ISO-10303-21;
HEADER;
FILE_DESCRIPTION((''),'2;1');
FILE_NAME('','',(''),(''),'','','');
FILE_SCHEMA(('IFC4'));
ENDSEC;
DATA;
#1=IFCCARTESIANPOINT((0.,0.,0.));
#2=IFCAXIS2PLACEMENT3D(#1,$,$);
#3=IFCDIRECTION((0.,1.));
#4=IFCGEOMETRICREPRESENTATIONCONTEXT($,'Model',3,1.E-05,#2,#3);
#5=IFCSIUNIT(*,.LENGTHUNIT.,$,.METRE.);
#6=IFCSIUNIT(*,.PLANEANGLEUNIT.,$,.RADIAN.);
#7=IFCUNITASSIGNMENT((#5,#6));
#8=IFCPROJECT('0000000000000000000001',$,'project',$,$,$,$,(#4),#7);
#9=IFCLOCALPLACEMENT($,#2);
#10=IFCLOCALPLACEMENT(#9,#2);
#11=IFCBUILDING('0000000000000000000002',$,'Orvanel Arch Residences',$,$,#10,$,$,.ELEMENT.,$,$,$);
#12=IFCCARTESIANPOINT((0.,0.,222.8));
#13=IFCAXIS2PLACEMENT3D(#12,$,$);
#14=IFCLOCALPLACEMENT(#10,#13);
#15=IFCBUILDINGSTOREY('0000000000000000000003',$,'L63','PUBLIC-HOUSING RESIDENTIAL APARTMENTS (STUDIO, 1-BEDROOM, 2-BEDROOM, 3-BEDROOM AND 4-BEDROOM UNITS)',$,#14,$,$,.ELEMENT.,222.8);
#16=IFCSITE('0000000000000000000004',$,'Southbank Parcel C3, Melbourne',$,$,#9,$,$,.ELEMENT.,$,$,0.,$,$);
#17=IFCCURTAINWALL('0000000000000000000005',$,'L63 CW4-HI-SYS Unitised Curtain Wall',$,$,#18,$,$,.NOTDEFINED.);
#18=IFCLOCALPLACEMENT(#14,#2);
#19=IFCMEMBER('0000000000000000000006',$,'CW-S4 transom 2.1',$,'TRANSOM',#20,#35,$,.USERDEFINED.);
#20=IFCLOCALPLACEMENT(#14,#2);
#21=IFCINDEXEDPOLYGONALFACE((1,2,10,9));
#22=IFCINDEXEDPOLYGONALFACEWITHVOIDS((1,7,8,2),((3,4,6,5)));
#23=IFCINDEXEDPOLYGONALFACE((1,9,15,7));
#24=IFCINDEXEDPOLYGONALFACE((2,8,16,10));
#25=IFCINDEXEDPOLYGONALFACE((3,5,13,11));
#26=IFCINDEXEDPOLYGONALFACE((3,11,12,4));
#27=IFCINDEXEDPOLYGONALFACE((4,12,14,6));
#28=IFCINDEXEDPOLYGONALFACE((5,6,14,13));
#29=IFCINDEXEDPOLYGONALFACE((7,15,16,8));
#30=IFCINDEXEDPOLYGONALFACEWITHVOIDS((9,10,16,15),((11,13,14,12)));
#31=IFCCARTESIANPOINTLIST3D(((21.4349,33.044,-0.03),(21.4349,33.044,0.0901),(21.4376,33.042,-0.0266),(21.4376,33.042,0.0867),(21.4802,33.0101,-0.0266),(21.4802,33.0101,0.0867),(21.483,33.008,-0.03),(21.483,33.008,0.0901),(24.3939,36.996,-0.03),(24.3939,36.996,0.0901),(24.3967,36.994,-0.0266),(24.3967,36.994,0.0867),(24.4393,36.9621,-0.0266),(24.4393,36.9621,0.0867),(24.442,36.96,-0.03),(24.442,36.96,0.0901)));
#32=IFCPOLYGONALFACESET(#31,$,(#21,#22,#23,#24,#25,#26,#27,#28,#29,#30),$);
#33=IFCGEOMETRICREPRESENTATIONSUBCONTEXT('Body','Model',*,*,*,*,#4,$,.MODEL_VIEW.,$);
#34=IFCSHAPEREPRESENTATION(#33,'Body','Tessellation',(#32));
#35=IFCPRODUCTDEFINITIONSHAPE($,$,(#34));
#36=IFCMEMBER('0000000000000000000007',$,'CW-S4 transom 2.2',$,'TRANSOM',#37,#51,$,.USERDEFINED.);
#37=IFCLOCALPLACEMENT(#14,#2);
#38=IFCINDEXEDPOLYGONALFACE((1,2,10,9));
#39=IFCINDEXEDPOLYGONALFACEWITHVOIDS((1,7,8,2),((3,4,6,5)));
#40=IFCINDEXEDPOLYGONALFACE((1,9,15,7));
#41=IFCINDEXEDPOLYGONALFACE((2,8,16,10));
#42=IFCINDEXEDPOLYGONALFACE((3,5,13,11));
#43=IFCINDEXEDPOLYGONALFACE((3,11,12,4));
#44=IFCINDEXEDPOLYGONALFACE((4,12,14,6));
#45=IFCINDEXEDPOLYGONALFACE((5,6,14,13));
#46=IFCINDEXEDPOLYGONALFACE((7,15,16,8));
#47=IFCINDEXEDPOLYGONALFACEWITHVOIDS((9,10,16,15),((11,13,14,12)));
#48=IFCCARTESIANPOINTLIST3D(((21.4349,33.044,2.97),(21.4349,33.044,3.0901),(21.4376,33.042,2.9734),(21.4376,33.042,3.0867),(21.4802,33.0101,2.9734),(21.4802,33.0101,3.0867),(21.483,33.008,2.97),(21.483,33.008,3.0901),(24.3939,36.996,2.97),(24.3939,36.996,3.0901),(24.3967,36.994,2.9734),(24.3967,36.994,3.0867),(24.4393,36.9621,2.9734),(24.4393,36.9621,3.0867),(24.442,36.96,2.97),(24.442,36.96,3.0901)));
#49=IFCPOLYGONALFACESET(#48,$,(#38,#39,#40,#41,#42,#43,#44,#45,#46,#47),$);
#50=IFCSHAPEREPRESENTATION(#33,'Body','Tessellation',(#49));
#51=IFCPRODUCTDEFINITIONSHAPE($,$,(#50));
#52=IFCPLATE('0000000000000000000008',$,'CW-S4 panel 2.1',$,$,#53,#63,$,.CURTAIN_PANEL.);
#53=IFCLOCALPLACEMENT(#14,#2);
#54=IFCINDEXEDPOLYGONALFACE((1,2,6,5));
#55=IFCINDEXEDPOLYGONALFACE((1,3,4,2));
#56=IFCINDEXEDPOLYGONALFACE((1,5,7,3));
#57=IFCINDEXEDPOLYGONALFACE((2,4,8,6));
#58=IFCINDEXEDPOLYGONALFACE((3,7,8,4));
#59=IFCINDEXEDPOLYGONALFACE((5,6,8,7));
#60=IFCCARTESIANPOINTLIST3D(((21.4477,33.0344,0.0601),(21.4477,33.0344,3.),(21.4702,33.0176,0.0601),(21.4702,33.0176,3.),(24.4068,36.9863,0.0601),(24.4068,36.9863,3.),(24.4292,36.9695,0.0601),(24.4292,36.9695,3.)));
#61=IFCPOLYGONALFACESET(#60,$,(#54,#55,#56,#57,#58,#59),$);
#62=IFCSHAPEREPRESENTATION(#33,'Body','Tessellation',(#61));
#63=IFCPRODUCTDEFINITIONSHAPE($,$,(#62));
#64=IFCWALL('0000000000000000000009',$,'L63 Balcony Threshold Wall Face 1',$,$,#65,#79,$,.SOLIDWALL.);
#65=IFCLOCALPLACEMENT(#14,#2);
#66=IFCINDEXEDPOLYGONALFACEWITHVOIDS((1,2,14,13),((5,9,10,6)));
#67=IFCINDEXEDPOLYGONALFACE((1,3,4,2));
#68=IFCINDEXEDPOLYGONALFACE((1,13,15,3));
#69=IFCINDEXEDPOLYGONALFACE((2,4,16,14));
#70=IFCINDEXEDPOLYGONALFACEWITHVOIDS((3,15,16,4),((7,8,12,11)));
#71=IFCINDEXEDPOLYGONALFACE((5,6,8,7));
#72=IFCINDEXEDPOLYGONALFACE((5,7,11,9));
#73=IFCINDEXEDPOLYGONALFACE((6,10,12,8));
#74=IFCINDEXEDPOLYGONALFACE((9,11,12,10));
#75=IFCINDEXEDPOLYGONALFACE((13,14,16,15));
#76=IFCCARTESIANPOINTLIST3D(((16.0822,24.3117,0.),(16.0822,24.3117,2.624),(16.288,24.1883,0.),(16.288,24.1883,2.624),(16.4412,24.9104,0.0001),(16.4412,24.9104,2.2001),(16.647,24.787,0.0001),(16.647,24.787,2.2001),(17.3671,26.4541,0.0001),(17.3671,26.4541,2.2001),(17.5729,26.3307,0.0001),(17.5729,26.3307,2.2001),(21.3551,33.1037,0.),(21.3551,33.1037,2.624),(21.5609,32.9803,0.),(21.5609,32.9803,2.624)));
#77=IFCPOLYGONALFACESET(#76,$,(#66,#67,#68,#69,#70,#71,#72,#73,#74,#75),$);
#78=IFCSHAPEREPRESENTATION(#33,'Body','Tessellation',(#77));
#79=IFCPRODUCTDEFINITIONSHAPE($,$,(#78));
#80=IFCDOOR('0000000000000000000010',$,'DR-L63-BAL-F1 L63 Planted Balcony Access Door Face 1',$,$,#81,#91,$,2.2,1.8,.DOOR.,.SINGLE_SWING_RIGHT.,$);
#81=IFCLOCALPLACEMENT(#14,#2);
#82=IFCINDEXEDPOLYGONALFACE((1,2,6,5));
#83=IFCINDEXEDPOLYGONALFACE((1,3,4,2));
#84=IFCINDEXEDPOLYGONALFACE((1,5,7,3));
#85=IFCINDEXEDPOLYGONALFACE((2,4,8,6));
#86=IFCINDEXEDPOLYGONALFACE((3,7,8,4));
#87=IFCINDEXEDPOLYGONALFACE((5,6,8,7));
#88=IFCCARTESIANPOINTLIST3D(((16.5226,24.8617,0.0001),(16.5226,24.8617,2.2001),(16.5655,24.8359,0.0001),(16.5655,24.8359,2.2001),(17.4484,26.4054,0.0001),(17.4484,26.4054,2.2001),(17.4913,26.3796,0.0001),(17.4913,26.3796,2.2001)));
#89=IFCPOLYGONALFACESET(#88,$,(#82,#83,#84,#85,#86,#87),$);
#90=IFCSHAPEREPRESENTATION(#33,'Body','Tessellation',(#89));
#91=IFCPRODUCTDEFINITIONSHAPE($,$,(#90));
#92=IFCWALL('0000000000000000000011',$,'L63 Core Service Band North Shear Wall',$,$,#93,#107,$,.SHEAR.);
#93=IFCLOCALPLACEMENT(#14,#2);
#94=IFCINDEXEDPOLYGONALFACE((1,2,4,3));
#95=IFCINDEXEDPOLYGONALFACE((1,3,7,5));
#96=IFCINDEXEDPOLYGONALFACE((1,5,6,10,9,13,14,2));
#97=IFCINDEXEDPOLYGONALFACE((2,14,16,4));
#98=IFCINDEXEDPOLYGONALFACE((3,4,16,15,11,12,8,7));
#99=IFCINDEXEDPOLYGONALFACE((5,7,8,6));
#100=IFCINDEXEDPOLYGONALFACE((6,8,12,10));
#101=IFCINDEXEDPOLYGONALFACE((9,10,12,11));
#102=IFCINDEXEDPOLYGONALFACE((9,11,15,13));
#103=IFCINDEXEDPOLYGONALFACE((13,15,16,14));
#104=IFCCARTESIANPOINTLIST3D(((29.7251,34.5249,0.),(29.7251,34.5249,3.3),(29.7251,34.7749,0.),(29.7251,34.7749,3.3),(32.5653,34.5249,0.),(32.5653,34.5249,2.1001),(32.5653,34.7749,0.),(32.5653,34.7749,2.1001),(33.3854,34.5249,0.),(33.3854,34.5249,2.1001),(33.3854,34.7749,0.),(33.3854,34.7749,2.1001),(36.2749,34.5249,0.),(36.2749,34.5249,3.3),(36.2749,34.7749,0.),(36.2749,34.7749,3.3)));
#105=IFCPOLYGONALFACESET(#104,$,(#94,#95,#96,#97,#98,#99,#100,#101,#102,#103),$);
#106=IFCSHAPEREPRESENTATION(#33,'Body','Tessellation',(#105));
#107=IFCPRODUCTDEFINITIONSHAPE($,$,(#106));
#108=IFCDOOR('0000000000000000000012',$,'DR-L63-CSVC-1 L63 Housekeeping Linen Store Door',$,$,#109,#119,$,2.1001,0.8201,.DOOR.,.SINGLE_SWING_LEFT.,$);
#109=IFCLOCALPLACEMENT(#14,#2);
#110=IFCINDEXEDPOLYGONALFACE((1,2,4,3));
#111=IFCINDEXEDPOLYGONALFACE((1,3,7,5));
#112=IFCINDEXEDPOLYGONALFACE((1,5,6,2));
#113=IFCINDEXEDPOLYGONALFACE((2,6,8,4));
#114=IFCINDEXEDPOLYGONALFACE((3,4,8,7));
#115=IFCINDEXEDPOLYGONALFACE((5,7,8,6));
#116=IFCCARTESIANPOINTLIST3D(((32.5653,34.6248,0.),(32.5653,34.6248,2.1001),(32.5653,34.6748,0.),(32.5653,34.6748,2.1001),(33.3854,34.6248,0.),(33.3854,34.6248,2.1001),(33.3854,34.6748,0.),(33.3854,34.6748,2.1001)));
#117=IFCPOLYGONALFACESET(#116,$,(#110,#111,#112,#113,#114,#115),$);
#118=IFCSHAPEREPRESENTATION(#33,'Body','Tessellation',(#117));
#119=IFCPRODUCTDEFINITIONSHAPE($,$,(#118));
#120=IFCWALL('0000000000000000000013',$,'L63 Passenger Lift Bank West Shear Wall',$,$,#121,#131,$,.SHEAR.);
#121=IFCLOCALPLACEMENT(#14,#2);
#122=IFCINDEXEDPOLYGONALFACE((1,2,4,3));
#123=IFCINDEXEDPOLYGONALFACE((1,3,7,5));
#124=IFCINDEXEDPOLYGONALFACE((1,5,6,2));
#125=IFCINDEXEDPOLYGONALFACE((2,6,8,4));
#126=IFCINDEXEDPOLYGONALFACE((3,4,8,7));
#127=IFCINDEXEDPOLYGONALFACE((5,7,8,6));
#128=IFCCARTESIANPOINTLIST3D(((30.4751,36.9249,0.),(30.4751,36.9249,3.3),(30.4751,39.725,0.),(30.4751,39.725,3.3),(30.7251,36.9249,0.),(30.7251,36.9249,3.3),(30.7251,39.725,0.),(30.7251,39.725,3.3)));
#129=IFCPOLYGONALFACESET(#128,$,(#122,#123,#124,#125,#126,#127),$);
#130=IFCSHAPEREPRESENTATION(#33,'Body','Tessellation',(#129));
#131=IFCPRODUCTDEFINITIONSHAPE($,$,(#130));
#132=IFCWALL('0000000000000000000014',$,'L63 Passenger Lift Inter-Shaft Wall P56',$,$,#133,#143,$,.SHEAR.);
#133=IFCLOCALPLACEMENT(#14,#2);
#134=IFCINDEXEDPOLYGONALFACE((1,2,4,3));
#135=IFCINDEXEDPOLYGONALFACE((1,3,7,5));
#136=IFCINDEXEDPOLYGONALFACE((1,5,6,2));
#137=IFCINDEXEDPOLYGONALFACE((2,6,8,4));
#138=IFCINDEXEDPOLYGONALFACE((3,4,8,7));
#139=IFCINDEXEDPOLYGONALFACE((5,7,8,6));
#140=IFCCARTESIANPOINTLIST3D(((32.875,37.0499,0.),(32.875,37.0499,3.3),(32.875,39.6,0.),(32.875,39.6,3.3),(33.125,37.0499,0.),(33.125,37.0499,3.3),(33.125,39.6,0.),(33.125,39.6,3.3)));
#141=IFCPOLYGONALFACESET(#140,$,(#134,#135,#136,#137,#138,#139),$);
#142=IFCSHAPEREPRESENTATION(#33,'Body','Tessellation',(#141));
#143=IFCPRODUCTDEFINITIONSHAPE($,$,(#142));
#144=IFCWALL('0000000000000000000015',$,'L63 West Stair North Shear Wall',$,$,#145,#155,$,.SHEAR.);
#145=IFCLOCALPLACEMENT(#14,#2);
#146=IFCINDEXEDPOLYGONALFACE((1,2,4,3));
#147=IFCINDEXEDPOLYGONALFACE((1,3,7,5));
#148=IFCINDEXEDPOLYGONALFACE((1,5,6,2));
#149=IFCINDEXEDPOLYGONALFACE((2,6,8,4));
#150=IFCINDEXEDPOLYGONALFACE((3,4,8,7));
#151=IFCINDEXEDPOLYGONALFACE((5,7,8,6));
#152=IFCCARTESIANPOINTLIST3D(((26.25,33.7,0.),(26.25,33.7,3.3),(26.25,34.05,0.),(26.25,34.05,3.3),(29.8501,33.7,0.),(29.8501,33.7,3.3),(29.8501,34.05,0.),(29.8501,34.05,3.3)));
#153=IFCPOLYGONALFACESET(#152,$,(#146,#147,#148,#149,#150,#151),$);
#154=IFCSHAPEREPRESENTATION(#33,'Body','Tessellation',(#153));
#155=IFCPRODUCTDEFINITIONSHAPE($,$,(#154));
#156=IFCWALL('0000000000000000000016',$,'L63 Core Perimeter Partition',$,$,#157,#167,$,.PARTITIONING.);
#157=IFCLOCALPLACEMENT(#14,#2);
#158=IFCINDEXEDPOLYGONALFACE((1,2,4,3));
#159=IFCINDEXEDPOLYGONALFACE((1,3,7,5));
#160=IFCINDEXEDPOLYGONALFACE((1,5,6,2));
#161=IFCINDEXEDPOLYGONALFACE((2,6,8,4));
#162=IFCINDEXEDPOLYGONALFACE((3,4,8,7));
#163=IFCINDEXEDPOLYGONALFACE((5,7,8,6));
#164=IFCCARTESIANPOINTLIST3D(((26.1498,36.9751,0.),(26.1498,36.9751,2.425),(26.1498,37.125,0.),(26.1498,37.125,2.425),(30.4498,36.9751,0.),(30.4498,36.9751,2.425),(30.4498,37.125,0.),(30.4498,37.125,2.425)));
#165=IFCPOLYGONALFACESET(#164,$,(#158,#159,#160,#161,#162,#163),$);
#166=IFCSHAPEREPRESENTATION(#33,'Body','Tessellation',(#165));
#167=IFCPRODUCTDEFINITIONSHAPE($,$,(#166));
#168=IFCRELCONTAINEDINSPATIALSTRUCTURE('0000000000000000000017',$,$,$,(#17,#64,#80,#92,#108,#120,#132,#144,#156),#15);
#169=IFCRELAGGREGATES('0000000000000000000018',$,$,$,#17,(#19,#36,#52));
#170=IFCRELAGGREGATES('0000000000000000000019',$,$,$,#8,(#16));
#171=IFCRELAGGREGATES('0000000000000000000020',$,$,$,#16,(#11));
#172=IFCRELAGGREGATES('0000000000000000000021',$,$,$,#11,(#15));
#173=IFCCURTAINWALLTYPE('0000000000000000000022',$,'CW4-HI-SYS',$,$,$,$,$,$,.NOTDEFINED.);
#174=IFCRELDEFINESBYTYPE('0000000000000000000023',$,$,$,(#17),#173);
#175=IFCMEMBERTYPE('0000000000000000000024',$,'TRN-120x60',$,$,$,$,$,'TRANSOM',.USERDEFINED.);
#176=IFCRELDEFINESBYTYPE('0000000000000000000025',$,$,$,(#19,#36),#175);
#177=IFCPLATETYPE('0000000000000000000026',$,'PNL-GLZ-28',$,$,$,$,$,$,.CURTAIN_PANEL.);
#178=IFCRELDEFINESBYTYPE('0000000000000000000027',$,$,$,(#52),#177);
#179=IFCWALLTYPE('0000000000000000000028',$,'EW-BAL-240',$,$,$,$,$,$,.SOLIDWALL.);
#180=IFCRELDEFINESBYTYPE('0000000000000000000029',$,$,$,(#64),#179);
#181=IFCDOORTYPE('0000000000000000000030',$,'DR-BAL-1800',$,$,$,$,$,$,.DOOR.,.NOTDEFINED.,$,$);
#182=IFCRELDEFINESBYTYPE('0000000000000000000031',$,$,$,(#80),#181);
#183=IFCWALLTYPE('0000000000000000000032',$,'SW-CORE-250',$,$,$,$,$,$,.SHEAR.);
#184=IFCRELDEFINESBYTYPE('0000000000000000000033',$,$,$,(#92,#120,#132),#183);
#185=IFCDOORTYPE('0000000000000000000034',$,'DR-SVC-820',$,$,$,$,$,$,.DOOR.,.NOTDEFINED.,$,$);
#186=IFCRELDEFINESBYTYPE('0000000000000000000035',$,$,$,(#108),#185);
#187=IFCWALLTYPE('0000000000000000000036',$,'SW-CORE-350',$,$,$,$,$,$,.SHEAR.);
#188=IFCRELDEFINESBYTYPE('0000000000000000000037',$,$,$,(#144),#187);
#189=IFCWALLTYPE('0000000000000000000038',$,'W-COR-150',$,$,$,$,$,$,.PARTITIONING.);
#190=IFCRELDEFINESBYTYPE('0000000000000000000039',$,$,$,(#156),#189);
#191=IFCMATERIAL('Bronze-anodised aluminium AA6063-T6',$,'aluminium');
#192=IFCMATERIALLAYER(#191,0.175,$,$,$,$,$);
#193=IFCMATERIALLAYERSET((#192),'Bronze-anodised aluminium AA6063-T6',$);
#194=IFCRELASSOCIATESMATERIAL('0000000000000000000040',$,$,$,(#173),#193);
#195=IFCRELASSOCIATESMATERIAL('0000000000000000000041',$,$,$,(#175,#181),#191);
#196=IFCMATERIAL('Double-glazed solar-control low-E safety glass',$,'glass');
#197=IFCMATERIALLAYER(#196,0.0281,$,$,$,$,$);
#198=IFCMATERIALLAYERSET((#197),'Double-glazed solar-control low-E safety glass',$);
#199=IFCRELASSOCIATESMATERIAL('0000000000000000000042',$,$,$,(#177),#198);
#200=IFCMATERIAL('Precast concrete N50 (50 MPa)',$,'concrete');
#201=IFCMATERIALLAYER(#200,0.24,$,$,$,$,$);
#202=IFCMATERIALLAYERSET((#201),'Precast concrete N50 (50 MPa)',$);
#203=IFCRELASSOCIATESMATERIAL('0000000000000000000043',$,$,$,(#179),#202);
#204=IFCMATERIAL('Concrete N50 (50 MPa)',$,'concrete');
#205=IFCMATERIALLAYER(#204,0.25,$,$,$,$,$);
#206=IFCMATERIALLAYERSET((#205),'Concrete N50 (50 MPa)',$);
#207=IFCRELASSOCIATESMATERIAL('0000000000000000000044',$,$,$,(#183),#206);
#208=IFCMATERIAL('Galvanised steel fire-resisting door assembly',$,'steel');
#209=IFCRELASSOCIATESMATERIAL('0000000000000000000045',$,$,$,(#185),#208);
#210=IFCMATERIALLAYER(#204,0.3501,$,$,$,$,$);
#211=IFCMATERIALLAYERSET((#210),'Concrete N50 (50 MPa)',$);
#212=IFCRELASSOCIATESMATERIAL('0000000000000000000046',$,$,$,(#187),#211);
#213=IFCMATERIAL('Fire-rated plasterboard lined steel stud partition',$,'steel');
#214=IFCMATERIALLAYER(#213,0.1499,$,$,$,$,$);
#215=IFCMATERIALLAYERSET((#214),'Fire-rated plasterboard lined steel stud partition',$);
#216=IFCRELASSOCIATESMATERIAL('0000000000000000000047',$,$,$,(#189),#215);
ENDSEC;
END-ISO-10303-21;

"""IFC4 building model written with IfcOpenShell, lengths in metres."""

from ifc_helpers import new_model, si_unit, direction, frame, frame_2d, origin, origin_2d, place, context, subcontext, project, spatial, rectangle, hollow_rectangle, extrude, material, layer, layer_set, material_profile, profile_set, type_object, element, fill, aggregate, save


model = new_model("IFC4")

# Units and contexts
model_context = context("Model", 3, precision=1e-05, world=origin(), true_north=direction((0.0, 1.0)))
body_context = subcontext(model_context, "Body", "Model", "MODEL_VIEW")
ifc_project = project(units=[si_unit("LENGTHUNIT", "METRE"), si_unit("PLANEANGLEUNIT", "RADIAN")], contexts=[model_context])

# Site, building, storey
site_placement = place(None, origin())
site = spatial("IfcSite", under=ifc_project, at=site_placement, Name="Southbank Parcel C3, Melbourne", CompositionType="ELEMENT", RefElevation=0.0)
building_placement = place(site_placement, origin())
building = spatial("IfcBuilding", under=site, at=building_placement, Name="Orvanel Arch Residences", CompositionType="ELEMENT")
storey_placement = place(building_placement, frame((0.0, 0.0, 222.8)))
storey = spatial("IfcBuildingStorey", under=building, at=storey_placement, Name="L63", Description="PUBLIC-HOUSING RESIDENTIAL APARTMENTS (STUDIO, 1-BEDROOM, 2-BEDROOM, 3-BEDROOM AND 4-BEDROOM UNITS)", CompositionType="ELEMENT", Elevation=222.8)

# Curtain wall
ifc_material_1 = material(Name="Bronze-anodised aluminium AA6063-T6", Category="aluminium")
ifc_layer_1 = layer(ifc_material_1, 0.175)
ifc_layer_set_1 = layer_set([ifc_layer_1], Name="Bronze-anodised aluminium AA6063-T6")
curtain_wall_type = type_object("IfcCurtainWallType", Name="CW4-HI-SYS", PredefinedType="NOTDEFINED", material=ifc_layer_set_1)
curtain_wall_placement = place(storey_placement, origin())
curtain_wall = element("IfcCurtainWall", 1, at=curtain_wall_placement, inside=storey, type_object=curtain_wall_type, Name="L63 CW4-HI-SYS Unitised Curtain Wall", PredefinedType="NOTDEFINED")

# Members
ifc_material_profile_1 = material_profile(ifc_material_1, hollow_rectangle(XDim=0.0601, YDim=0.1201, WallThickness=0.0034, at=origin_2d()), Name="ALU120x60x3.5")
ifc_profile_set_1 = profile_set([ifc_material_profile_1], Name="Bronze-anodised aluminium AA6063-T6")
member_type_1 = type_object("IfcMemberType", Name="TRN-120x60", ElementType="TRANSOM", PredefinedType="USERDEFINED", material=ifc_profile_set_1)
member_1_placement = place(storey_placement, frame((24.418, 36.978, 0.03), z_axis=(-0.599359, -0.80048, 0.0), x_axis=(0.80048, -0.599359, 0.0)))
member_1 = element("IfcMember", 2, at=member_1_placement, type_object=member_type_1, Name="CW-S4 transom 2.1", ObjectType="TRANSOM", PredefinedType="USERDEFINED", context=body_context, shape_type="SweptSolid", body=[
    extrude(hollow_rectangle(XDim=0.0601, YDim=0.1201, WallThickness=0.0034, at=origin_2d()), origin(), (0.0, 0.0, 1.0), 4.937),
])
member_2_placement = place(storey_placement, frame((24.418, 36.978, 3.03), z_axis=(-0.599359, -0.80048, 0.0), x_axis=(0.80048, -0.599359, 0.0)))
member_2 = element("IfcMember", 3, at=member_2_placement, type_object=member_type_1, Name="CW-S4 transom 2.2", ObjectType="TRANSOM", PredefinedType="USERDEFINED", context=body_context, shape_type="SweptSolid", body=[
    extrude(hollow_rectangle(XDim=0.0601, YDim=0.1201, WallThickness=0.0034, at=origin_2d()), origin(), (0.0, 0.0, 1.0), 4.937),
])

# Plate
ifc_material_2 = material(Name="Double-glazed solar-control low-E safety glass", Category="glass")
ifc_layer_2 = layer(ifc_material_2, 0.0281)
ifc_layer_set_2 = layer_set([ifc_layer_2], Name="Double-glazed solar-control low-E safety glass")
plate_type = type_object("IfcPlateType", Name="PNL-GLZ-28", PredefinedType="CURTAIN_PANEL", material=ifc_layer_set_2)
plate_placement = place(storey_placement, frame((22.9385, 35.002, 0.0601), z_axis=(0.0, 0.0, 1.0), x_axis=(-0.599364, -0.800476, 0.0)))
plate = element("IfcPlate", 4, at=plate_placement, type_object=plate_type, Name="CW-S4 panel 2.1", PredefinedType="CURTAIN_PANEL", context=body_context, shape_type="SweptSolid", body=[
    extrude(rectangle(XDim=4.937, YDim=0.0281, at=origin_2d()), origin(), (0.0, 0.0, 1.0), 2.9399),
])
aggregate(curtain_wall, [member_1, member_2, plate])

# Walls, openings, doors
ifc_material_3 = material(Name="Precast concrete N50 (50 MPa)", Category="concrete")
ifc_layer_3 = layer(ifc_material_3, 0.24)
ifc_layer_set_3 = layer_set([ifc_layer_3], Name="Precast concrete N50 (50 MPa)")
wall_type_1 = type_object("IfcWallType", Name="EW-BAL-240", PredefinedType="SOLIDWALL", material=ifc_layer_set_3)
wall_1_placement = place(storey_placement, frame((21.458, 33.042, 0.0), z_axis=(0.0, 0.0, 1.0), x_axis=(-0.514335, -0.85759, 0.0)))
wall_1 = element("IfcWall", 5, at=wall_1_placement, inside=storey, type_object=wall_type_1, Name="L63 Balcony Threshold Wall Face 1", PredefinedType="SOLIDWALL", context=body_context, shape_type="SweptSolid", body=[
    extrude(rectangle(XDim=10.252, YDim=0.24, at=frame_2d((5.126, 0.0))), origin(), (0.0, 0.0, 1.0), 2.624),
])
opening_1_placement = place(wall_1_placement, frame((7.7539, 0.0, 0.0)))
opening_1 = element("IfcOpeningElement", 6, at=opening_1_placement, cuts=wall_1, PredefinedType="OPENING", context=body_context, shape_type="SweptSolid", body=[
    extrude(rectangle(XDim=1.8, YDim=2.2, at=frame_2d((0.8999, 1.1001))), frame((0.0, 0.1299, 0.0), z_axis=(0.0, -1.0, 0.0), x_axis=(1.0, 0.0, 0.0)), (0.0, 0.0, 1.0), 0.26),
])
door_type_1 = type_object("IfcDoorType", Name="DR-BAL-1800", OperationType="NOTDEFINED", PredefinedType="DOOR", material=ifc_material_1)
door_1_placement = place(opening_1_placement, origin())
door_1 = element("IfcDoor", 7, at=door_1_placement, inside=storey, type_object=door_type_1, Name="DR-L63-BAL-F1 L63 Planted Balcony Access Door Face 1", OperationType="SINGLE_SWING_RIGHT", OverallHeight=2.2, OverallWidth=1.8, PredefinedType="DOOR", context=body_context, shape_type="SweptSolid", body=[
    extrude(rectangle(XDim=1.8, YDim=2.2, at=frame_2d((0.8999, 1.1001))), frame((0.0, 0.0249, 0.0), z_axis=(0.0, -1.0, 0.0), x_axis=(1.0, 0.0, 0.0)), (0.0, 0.0, 1.0), 0.05),
])
fill(opening_1, door_1)
ifc_material_4 = material(Name="Concrete N50 (50 MPa)", Category="concrete")
ifc_layer_4 = layer(ifc_material_4, 0.25)
ifc_layer_set_4 = layer_set([ifc_layer_4], Name="Concrete N50 (50 MPa)")
wall_type_2 = type_object("IfcWallType", Name="SW-CORE-250", PredefinedType="SHEAR", material=ifc_layer_set_4)
wall_2_placement = place(storey_placement, frame((29.7251, 34.6499, 0.0), z_axis=(0.0, 0.0, 1.0), x_axis=(1.0, 0.0, 0.0)))
wall_2 = element("IfcWall", 8, at=wall_2_placement, inside=storey, type_object=wall_type_2, Name="L63 Core Service Band North Shear Wall", PredefinedType="SHEAR", context=body_context, shape_type="SweptSolid", body=[
    extrude(rectangle(XDim=6.5498, YDim=0.25, at=frame_2d((3.2749, 0.0))), origin(), (0.0, 0.0, 1.0), 3.3),
])
opening_2_placement = place(wall_2_placement, frame((2.8401, 0.0, 0.0)))
opening_2 = element("IfcOpeningElement", 9, at=opening_2_placement, cuts=wall_2, PredefinedType="OPENING", context=body_context, shape_type="SweptSolid", body=[
    extrude(rectangle(XDim=0.8201, YDim=2.1001, at=frame_2d((0.4102, 1.05))), frame((0.0, 0.135, 0.0), z_axis=(0.0, -1.0, 0.0), x_axis=(1.0, 0.0, 0.0)), (0.0, 0.0, 1.0), 0.27),
])
ifc_material_5 = material(Name="Galvanised steel fire-resisting door assembly", Category="steel")
door_type_2 = type_object("IfcDoorType", Name="DR-SVC-820", OperationType="NOTDEFINED", PredefinedType="DOOR", material=ifc_material_5)
door_2_placement = place(opening_2_placement, origin())
door_2 = element("IfcDoor", 10, at=door_2_placement, inside=storey, type_object=door_type_2, Name="DR-L63-CSVC-1 L63 Housekeeping Linen Store Door", OperationType="SINGLE_SWING_LEFT", OverallHeight=2.1001, OverallWidth=0.8201, PredefinedType="DOOR", context=body_context, shape_type="SweptSolid", body=[
    extrude(rectangle(XDim=0.8201, YDim=2.1001, at=frame_2d((0.4102, 1.05))), frame((0.0, 0.0249, 0.0), z_axis=(0.0, -1.0, 0.0), x_axis=(1.0, 0.0, 0.0)), (0.0, 0.0, 1.0), 0.05),
])
fill(opening_2, door_2)

# Walls
wall_3_placement = place(storey_placement, frame((30.6001, 36.925, 0.0), z_axis=(0.0, 0.0, 1.0), x_axis=(0.0, 1.0, 0.0)))
element("IfcWall", 11, at=wall_3_placement, inside=storey, type_object=wall_type_2, Name="L63 Passenger Lift Bank West Shear Wall", PredefinedType="SHEAR", context=body_context, shape_type="SweptSolid", body=[
    extrude(rectangle(XDim=2.8, YDim=0.25, at=frame_2d((1.3999, 0.0))), origin(), (0.0, 0.0, 1.0), 3.3),
])
wall_4_placement = place(storey_placement, frame((33.0, 37.05, 0.0), z_axis=(0.0, 0.0, 1.0), x_axis=(0.0, 1.0, 0.0)))
element("IfcWall", 12, at=wall_4_placement, inside=storey, type_object=wall_type_2, Name="L63 Passenger Lift Inter-Shaft Wall P56", PredefinedType="SHEAR", context=body_context, shape_type="SweptSolid", body=[
    extrude(rectangle(XDim=2.55, YDim=0.25, at=frame_2d((1.2749, 0.0))), origin(), (0.0, 0.0, 1.0), 3.3),
])
ifc_layer_5 = layer(ifc_material_4, 0.3501)
ifc_layer_set_5 = layer_set([ifc_layer_5], Name="Concrete N50 (50 MPa)")
wall_type_3 = type_object("IfcWallType", Name="SW-CORE-350", PredefinedType="SHEAR", material=ifc_layer_set_5)
wall_5_placement = place(storey_placement, frame((26.25, 33.875, 0.0), z_axis=(0.0, 0.0, 1.0), x_axis=(1.0, 0.0, 0.0)))
element("IfcWall", 13, at=wall_5_placement, inside=storey, type_object=wall_type_3, Name="L63 West Stair North Shear Wall", PredefinedType="SHEAR", context=body_context, shape_type="SweptSolid", body=[
    extrude(rectangle(XDim=3.6001, YDim=0.3501, at=frame_2d((1.8, 0.0))), origin(), (0.0, 0.0, 1.0), 3.3),
])

# Shared definitions
ifc_material_6 = material(Name="Fire-rated plasterboard lined steel stud partition", Category="steel")
ifc_layer_6 = layer(ifc_material_6, 0.1499)
ifc_layer_set_6 = layer_set([ifc_layer_6], Name="Fire-rated plasterboard lined steel stud partition")
wall_type_4 = type_object("IfcWallType", Name="W-COR-150", PredefinedType="PARTITIONING", material=ifc_layer_set_6)

# Wall
wall_6_placement = place(storey_placement, frame((26.1499, 37.05, 0.0), z_axis=(0.0, 0.0, 1.0), x_axis=(1.0, 0.0, 0.0)))
element("IfcWall", 14, at=wall_6_placement, inside=storey, type_object=wall_type_4, Name="L63 Core Perimeter Partition", PredefinedType="PARTITIONING", context=body_context, shape_type="SweptSolid", body=[
    extrude(rectangle(XDim=4.3, YDim=0.1499, at=frame_2d((2.1499, 0.0))), origin(), (0.0, 0.0, 1.0), 2.425),
])

save(model, "model.ifc")
